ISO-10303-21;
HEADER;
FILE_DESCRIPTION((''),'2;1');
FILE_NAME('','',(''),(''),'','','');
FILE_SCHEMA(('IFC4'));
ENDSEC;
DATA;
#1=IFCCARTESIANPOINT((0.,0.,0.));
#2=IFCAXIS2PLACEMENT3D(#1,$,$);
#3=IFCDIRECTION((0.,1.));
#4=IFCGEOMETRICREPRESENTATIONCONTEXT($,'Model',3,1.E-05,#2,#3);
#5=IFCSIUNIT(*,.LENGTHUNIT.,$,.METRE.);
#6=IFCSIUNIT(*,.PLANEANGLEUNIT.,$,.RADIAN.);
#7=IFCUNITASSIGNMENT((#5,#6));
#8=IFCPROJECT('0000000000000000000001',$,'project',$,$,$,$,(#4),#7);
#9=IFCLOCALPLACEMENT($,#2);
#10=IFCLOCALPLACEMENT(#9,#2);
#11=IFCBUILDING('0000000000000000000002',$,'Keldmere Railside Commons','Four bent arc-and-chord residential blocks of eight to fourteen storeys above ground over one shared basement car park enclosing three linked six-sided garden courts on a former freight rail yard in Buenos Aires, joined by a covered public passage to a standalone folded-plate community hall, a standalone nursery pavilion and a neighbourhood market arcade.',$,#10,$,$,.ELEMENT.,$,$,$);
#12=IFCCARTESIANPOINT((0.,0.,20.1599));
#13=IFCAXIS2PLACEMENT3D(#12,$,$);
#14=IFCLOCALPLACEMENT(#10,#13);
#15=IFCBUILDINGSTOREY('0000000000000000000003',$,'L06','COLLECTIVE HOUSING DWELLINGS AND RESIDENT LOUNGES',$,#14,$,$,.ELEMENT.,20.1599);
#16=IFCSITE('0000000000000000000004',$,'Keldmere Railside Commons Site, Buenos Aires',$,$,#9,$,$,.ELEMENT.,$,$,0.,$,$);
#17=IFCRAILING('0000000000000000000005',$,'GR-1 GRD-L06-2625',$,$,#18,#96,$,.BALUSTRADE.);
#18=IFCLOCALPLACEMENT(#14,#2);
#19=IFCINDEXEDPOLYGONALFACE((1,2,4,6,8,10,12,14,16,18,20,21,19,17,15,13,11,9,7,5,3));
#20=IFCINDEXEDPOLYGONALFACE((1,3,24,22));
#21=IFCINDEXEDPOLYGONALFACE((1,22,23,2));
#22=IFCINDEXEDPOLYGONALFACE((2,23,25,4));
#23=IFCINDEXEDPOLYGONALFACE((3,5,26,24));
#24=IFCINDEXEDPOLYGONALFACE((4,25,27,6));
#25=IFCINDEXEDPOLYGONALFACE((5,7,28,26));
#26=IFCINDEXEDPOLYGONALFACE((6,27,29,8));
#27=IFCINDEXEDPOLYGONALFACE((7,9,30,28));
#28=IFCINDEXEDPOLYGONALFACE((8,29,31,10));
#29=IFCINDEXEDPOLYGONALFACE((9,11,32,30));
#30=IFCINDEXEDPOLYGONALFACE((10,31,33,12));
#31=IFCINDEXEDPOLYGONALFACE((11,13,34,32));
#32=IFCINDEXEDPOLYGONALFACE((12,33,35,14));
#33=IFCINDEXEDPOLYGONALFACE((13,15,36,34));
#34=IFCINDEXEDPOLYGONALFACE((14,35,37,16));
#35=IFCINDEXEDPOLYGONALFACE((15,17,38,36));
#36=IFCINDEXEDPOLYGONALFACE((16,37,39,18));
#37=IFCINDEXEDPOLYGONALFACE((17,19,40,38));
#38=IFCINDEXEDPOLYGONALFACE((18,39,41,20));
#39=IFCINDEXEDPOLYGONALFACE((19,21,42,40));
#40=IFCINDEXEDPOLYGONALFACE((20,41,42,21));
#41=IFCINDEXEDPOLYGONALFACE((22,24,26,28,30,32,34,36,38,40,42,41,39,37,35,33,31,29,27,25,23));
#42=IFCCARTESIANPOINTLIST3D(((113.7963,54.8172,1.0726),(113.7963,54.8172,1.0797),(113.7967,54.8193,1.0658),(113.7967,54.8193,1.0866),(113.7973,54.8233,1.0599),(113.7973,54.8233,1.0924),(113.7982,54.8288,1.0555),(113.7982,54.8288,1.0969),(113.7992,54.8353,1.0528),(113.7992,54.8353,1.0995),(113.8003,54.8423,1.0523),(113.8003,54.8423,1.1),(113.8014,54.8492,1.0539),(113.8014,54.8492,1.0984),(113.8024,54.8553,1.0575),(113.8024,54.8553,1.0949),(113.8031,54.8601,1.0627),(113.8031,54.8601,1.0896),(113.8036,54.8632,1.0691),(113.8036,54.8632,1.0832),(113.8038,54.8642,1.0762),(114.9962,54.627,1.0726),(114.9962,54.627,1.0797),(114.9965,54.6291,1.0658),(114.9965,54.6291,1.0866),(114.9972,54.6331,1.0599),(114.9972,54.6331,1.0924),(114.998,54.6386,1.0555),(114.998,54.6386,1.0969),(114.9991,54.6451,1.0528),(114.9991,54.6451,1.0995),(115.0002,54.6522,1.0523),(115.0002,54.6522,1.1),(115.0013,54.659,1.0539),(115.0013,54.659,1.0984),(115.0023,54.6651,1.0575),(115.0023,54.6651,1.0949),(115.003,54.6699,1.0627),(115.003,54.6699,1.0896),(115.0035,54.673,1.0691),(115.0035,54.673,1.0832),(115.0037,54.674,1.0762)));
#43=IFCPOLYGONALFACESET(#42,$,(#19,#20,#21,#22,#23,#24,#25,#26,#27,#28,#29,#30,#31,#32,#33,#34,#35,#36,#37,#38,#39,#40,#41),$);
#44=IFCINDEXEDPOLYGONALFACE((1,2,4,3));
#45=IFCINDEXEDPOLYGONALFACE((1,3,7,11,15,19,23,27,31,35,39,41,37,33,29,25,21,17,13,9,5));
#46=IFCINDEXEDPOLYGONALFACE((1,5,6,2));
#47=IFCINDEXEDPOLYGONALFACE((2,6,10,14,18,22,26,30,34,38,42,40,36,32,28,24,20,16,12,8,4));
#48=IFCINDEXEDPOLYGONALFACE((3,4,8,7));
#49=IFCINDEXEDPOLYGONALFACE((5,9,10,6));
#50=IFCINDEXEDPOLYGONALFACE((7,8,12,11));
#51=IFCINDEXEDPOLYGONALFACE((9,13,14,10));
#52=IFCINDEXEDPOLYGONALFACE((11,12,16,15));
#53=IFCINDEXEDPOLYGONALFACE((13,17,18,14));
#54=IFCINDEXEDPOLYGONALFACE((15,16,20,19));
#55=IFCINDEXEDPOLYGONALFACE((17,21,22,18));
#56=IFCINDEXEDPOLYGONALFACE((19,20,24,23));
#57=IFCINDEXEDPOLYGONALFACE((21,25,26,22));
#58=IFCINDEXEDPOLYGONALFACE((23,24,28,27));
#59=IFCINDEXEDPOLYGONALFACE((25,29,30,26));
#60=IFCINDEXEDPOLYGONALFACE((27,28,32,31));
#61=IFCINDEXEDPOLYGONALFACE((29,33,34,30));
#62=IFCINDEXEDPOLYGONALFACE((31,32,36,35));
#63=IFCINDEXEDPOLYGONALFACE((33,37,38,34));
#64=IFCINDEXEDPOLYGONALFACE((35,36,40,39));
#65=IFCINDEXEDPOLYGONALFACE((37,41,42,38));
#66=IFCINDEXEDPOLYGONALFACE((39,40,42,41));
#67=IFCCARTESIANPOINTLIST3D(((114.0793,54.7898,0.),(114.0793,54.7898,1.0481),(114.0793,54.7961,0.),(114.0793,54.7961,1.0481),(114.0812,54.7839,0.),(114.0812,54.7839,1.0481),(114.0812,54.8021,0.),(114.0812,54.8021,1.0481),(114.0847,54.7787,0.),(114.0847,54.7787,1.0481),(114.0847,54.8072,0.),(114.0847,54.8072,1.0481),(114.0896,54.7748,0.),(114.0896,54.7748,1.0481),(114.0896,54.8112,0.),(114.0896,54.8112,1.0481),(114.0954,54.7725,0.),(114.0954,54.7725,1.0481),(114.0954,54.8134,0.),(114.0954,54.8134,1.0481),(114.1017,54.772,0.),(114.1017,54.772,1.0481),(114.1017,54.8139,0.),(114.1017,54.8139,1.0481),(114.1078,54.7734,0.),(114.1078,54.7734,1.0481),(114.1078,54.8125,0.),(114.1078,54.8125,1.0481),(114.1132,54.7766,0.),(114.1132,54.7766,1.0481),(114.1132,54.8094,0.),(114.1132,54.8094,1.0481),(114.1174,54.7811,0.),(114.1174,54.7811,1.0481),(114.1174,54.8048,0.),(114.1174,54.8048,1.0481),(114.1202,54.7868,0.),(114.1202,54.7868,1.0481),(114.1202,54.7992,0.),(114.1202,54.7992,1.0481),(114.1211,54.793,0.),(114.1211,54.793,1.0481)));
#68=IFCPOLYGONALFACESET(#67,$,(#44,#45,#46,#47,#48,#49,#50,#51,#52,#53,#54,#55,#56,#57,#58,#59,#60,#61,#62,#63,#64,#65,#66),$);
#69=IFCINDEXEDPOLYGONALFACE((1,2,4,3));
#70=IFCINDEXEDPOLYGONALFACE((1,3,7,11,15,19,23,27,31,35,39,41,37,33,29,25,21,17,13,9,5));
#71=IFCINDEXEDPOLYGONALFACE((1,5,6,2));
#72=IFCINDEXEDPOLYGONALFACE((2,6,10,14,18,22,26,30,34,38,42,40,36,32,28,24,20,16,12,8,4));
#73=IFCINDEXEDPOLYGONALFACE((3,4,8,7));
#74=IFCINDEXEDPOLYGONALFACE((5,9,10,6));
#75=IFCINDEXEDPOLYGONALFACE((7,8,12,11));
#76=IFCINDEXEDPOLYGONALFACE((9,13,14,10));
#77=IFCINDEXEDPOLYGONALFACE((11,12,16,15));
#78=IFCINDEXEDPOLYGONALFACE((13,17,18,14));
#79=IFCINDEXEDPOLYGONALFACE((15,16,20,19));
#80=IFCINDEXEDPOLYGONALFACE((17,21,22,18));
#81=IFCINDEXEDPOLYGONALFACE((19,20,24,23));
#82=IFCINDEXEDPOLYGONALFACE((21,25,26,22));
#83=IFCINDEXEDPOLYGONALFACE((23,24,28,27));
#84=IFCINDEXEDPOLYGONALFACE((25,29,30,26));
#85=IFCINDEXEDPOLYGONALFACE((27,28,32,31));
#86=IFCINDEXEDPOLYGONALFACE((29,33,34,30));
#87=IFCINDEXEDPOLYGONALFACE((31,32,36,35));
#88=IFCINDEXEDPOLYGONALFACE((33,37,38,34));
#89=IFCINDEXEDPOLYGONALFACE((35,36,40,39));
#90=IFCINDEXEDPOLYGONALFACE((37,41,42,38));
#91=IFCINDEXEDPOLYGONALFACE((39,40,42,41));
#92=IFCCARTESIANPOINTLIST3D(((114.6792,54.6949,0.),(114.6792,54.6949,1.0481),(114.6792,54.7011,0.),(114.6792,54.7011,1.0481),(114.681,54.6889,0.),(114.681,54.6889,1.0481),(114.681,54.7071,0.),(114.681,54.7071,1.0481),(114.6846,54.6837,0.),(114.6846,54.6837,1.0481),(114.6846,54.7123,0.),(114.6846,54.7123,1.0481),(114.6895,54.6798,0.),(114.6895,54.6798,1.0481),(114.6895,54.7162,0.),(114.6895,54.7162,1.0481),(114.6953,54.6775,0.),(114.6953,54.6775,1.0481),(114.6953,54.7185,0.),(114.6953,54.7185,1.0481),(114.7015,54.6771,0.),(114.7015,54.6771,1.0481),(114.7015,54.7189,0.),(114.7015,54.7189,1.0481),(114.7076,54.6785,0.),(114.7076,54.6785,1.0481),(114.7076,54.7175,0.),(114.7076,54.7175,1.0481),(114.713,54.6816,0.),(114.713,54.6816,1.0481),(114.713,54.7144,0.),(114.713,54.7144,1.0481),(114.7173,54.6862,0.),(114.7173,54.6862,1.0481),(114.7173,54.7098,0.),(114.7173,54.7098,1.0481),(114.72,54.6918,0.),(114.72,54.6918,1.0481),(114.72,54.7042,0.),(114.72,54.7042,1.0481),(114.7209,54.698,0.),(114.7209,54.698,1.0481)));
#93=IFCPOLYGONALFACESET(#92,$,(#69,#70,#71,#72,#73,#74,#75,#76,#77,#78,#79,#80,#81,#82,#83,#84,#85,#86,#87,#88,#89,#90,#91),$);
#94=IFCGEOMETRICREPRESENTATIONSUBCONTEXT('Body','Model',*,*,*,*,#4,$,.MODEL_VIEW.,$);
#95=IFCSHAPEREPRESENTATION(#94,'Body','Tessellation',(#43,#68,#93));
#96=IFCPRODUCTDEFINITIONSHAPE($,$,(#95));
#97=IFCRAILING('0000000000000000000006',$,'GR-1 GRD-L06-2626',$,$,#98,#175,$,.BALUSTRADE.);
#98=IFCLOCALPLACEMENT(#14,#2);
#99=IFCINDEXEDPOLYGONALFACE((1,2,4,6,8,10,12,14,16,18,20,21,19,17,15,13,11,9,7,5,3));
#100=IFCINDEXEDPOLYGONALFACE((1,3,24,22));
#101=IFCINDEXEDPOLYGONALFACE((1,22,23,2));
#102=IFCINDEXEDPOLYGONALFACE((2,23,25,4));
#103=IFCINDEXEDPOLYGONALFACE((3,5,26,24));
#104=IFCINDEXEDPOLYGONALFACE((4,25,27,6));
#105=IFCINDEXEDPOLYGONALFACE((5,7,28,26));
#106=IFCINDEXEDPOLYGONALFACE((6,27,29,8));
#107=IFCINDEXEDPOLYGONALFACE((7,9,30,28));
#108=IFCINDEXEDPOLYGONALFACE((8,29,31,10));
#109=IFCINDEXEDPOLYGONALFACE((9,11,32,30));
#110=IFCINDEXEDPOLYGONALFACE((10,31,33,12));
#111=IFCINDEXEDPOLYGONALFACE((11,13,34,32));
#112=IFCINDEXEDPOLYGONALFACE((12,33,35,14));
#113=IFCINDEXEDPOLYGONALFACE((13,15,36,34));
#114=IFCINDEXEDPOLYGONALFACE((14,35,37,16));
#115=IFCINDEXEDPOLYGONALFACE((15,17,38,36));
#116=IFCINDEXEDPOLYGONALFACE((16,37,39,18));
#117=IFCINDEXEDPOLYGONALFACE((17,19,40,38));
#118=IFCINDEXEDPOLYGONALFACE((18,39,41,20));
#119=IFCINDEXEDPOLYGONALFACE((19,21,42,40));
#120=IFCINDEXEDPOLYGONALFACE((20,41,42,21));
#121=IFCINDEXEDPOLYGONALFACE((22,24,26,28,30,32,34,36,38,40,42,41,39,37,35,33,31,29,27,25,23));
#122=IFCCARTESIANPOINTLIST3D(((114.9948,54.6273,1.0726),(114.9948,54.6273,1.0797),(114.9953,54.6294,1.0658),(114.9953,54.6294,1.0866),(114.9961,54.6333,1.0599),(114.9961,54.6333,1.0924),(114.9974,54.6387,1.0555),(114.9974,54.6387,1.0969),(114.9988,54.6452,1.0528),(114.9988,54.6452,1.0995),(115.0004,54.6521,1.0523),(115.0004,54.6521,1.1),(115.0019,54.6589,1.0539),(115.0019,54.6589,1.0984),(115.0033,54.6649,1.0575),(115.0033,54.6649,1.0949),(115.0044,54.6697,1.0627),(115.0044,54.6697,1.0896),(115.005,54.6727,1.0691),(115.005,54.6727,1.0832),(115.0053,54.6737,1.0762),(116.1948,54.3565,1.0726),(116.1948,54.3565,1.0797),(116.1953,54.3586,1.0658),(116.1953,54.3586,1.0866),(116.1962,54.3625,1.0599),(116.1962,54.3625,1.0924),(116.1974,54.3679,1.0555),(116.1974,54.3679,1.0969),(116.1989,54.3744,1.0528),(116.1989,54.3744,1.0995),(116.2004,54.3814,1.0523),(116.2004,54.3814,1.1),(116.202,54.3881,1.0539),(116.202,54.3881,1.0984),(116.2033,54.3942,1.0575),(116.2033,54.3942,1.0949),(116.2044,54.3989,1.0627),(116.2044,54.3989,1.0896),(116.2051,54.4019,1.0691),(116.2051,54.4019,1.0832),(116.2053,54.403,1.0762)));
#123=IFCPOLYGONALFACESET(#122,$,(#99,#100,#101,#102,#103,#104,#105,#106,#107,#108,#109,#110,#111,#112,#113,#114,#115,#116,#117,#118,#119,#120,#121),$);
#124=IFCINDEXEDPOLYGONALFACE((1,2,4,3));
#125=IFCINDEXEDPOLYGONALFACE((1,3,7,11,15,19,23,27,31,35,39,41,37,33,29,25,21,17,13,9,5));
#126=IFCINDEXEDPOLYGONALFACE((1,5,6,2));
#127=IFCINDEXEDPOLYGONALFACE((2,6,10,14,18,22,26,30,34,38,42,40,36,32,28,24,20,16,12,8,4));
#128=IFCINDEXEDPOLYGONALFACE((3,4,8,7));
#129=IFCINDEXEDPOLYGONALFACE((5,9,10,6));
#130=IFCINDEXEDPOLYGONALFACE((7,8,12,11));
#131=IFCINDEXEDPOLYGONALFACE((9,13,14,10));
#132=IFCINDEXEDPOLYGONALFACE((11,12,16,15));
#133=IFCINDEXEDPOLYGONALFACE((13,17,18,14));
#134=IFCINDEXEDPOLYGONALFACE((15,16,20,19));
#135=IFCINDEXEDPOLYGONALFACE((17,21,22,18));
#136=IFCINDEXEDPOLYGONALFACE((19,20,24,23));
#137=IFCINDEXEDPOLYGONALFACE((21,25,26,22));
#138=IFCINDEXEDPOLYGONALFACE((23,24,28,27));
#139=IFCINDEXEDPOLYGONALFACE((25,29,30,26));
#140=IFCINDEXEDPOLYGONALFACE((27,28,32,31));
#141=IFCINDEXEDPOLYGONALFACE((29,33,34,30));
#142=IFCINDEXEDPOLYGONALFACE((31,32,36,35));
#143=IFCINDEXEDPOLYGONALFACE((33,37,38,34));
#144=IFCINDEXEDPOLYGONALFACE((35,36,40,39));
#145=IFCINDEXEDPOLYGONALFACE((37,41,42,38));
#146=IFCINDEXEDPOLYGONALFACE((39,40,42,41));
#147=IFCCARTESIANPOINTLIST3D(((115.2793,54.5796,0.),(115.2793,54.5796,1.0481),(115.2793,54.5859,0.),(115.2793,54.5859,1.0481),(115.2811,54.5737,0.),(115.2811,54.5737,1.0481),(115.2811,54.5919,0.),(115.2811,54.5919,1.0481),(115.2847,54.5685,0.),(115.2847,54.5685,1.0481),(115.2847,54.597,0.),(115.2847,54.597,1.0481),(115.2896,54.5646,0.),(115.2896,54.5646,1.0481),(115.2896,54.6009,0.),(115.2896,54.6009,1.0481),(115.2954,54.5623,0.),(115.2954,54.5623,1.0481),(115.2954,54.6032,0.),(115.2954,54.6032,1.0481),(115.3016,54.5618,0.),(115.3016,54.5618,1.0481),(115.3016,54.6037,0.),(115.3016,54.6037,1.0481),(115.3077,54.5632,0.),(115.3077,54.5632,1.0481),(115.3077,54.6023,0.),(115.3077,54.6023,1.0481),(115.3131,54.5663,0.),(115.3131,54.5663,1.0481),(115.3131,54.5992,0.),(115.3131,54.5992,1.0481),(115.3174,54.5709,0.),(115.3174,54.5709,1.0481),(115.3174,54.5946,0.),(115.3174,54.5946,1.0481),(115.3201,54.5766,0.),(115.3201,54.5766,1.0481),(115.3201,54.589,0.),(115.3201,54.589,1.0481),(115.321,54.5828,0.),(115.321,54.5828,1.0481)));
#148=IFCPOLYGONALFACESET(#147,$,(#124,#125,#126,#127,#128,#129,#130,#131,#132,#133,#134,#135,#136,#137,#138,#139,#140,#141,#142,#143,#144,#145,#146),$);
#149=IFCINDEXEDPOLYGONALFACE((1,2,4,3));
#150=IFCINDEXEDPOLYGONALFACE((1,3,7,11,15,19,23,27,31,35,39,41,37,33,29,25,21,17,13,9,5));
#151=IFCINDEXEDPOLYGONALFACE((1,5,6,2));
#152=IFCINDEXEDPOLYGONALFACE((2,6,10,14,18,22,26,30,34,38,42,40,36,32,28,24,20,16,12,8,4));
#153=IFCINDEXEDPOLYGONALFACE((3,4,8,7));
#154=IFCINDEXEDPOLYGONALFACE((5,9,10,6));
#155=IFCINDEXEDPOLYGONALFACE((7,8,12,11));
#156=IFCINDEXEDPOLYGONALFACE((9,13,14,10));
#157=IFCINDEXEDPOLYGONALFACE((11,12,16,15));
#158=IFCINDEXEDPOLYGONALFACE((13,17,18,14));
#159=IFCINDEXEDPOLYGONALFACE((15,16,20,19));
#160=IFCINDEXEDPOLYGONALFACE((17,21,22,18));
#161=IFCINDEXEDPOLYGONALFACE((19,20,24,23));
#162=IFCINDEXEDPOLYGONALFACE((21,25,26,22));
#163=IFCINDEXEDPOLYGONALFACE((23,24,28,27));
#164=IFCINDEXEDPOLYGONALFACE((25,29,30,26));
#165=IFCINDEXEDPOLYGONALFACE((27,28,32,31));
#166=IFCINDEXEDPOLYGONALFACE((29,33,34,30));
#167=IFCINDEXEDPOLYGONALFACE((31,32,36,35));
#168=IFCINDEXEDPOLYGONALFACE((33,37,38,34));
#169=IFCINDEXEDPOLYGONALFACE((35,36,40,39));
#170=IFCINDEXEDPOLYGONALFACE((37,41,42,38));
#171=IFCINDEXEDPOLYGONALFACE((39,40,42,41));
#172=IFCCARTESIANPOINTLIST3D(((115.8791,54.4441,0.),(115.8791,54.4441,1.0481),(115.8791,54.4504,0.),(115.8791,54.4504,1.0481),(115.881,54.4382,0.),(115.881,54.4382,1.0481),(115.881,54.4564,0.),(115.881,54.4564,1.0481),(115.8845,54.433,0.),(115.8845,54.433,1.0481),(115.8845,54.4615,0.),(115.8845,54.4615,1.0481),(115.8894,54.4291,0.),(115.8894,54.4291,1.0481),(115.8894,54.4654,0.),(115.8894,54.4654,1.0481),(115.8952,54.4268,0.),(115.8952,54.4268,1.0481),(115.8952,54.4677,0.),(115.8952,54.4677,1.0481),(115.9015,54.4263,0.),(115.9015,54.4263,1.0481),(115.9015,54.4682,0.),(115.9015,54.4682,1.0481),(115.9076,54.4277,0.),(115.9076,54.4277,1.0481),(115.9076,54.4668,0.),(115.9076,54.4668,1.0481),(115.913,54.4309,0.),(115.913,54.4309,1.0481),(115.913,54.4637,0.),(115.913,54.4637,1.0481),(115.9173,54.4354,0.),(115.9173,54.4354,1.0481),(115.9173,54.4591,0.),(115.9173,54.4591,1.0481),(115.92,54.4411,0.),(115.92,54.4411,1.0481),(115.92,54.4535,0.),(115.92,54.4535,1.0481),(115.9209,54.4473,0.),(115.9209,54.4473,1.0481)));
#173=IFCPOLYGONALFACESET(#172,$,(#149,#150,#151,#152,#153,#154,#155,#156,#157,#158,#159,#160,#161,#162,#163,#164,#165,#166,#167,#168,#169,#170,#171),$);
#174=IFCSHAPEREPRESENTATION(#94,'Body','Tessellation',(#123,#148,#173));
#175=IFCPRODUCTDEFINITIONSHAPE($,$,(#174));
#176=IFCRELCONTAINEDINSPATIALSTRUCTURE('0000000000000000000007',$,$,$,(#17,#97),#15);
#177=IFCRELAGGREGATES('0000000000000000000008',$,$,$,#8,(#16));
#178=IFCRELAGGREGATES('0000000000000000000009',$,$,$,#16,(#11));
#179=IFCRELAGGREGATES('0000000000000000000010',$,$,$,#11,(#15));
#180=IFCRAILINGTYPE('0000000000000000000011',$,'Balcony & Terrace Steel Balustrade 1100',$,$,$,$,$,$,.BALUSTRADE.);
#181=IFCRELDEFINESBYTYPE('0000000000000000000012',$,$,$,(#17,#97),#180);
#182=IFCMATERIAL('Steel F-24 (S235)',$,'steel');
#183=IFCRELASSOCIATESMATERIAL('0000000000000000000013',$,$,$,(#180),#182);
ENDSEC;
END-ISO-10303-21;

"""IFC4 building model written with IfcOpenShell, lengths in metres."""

from ifc_helpers import new_model, si_unit, direction, frame, origin, origin_2d, place, context, subcontext, project, spatial, circle, extrude, material, type_object, element, save


model = new_model("IFC4")

# Units and contexts
model_context = context("Model", 3, precision=1e-05, world=origin(), true_north=direction((0.0, 1.0)))
body_context = subcontext(model_context, "Body", "Model", "MODEL_VIEW")
ifc_project = project(units=[si_unit("LENGTHUNIT", "METRE"), si_unit("PLANEANGLEUNIT", "RADIAN")], contexts=[model_context])

# Site, building, storey
site_placement = place(None, origin())
site = spatial("IfcSite", under=ifc_project, at=site_placement, Name="Keldmere Railside Commons Site, Buenos Aires", CompositionType="ELEMENT", RefElevation=0.0)
building_placement = place(site_placement, origin())
building = spatial("IfcBuilding", under=site, at=building_placement, Name="Keldmere Railside Commons", Description="Four bent arc-and-chord residential blocks of eight to fourteen storeys above ground over one shared basement car park enclosing three linked six-sided garden courts on a former freight rail yard in Buenos Aires, joined by a covered public passage to a standalone folded-plate community hall, a standalone nursery pavilion and a neighbourhood market arcade.", CompositionType="ELEMENT")
storey_placement = place(building_placement, frame((0.0, 0.0, 20.1599)))
storey = spatial("IfcBuildingStorey", under=building, at=storey_placement, Name="L06", Description="COLLECTIVE HOUSING DWELLINGS AND RESIDENT LOUNGES", CompositionType="ELEMENT", Elevation=20.1599)

# Shared definitions
ifc_material_1 = material(Name="Steel F-24 (S235)", Category="steel")

# Railings
railing_type = type_object("IfcRailingType", Name="Balcony & Terrace Steel Balustrade 1100", PredefinedType="BALUSTRADE", material=ifc_material_1)
railing_1_placement = place(storey_placement, frame((113.8, 54.8406, 0.0)))
element("IfcRailing", 1, at=railing_1_placement, inside=storey, type_object=railing_type, Name="GR-1 GRD-L06-2625", PredefinedType="BALUSTRADE", context=body_context, shape_type="SweptSolid", body=[
    extrude(circle(Radius=0.0239, at=origin_2d()), frame((0.0, 0.0, 1.0762), z_axis=(0.987672, -0.15654, 0.0), x_axis=(0.15654, 0.987672, 0.0)), (0.0, 0.0, 1.0), 1.2148),
    extrude(circle(Radius=0.021, at=origin_2d()), frame((0.3, -0.0476, 0.0)), (0.0, 0.0, 1.0), 1.0481),
    extrude(circle(Radius=0.021, at=origin_2d()), frame((0.8999, -0.1426, 0.0)), (0.0, 0.0, 1.0), 1.0481),
])
railing_2_placement = place(storey_placement, frame((115.0, 54.6504, 0.0)))
element("IfcRailing", 2, at=railing_2_placement, inside=storey, type_object=railing_type, Name="GR-1 GRD-L06-2626", PredefinedType="BALUSTRADE", context=body_context, shape_type="SweptSolid", body=[
    extrude(circle(Radius=0.0239, at=origin_2d()), frame((0.0, 0.0, 1.0762), z_axis=(0.975477, -0.220102, 0.0), x_axis=(0.220102, 0.975477, 0.0)), (0.0, 0.0, 1.0), 1.2302),
    extrude(circle(Radius=0.021, at=origin_2d()), frame((0.3, -0.0676, 0.0)), (0.0, 0.0, 1.0), 1.0481),
    extrude(circle(Radius=0.021, at=origin_2d()), frame((0.8999, -0.2031, 0.0)), (0.0, 0.0, 1.0), 1.0481),
])

save(model, "model.ifc")
